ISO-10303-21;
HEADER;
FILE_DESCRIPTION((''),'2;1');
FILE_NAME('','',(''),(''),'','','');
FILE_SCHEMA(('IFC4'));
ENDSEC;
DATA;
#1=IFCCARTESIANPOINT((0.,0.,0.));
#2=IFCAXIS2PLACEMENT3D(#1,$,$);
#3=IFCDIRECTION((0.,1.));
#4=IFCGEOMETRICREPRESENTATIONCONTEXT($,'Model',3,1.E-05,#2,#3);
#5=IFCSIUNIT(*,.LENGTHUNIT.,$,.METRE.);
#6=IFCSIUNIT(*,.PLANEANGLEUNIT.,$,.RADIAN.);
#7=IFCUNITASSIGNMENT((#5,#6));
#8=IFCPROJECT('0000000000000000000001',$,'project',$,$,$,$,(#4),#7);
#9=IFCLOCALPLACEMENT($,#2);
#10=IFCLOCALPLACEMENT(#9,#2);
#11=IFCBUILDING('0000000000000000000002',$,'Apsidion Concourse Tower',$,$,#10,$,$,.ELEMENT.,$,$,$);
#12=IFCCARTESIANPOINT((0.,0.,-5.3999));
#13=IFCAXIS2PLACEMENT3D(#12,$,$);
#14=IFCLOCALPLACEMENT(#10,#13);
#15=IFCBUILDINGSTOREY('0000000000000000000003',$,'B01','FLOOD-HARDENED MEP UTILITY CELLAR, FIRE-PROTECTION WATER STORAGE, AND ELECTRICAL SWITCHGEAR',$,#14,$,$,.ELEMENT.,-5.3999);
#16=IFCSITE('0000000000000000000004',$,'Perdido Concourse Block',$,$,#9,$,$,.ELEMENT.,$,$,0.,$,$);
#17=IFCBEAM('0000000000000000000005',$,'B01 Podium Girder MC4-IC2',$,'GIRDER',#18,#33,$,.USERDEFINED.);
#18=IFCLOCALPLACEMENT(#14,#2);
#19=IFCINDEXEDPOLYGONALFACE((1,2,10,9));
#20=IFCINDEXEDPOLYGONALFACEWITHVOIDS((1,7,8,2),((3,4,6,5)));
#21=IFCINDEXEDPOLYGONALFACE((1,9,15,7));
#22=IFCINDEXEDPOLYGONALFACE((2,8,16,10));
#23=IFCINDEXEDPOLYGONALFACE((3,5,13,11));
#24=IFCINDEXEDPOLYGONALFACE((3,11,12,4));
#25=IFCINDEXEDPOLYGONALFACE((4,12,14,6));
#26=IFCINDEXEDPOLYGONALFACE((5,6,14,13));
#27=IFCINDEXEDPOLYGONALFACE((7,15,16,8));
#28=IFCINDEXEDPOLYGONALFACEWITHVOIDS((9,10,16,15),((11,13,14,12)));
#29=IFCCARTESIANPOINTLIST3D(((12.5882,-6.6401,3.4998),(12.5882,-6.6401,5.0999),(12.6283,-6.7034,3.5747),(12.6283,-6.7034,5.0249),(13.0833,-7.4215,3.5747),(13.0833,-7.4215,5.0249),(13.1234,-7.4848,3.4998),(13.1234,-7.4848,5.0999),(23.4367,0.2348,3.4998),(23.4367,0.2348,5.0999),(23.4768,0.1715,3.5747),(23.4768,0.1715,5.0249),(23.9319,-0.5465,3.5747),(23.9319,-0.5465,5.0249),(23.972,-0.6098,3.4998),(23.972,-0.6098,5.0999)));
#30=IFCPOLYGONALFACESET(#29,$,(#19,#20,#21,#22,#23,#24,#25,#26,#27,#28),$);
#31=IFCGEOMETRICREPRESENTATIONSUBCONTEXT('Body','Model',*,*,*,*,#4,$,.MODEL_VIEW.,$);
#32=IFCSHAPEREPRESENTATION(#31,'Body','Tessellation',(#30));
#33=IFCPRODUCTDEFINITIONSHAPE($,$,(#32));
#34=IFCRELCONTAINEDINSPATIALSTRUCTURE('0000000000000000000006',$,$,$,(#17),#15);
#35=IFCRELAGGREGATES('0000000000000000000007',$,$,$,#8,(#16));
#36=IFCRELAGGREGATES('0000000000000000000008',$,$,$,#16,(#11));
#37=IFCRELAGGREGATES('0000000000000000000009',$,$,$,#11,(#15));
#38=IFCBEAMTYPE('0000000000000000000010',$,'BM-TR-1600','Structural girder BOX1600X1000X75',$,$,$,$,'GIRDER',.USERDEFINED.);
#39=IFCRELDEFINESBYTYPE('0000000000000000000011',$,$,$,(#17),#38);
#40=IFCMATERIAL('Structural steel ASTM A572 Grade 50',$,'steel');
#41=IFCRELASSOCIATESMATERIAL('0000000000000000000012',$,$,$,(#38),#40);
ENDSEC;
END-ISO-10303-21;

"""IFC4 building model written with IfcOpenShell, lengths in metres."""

from ifc_helpers import new_model, si_unit, direction, frame, origin, origin_2d, place, context, subcontext, project, spatial, hollow_rectangle, extrude, material, material_profile, profile_set, type_object, element, save


model = new_model("IFC4")

# Units and contexts
model_context = context("Model", 3, precision=1e-05, world=origin(), true_north=direction((0.0, 1.0)))
body_context = subcontext(model_context, "Body", "Model", "MODEL_VIEW")
ifc_project = project(units=[si_unit("LENGTHUNIT", "METRE"), si_unit("PLANEANGLEUNIT", "RADIAN")], contexts=[model_context])

# Site, building, storey
site_placement = place(None, origin())
site = spatial("IfcSite", under=ifc_project, at=site_placement, Name="Perdido Concourse Block", CompositionType="ELEMENT", RefElevation=0.0)
building_placement = place(site_placement, origin())
building = spatial("IfcBuilding", under=site, at=building_placement, Name="Apsidion Concourse Tower", CompositionType="ELEMENT")
storey_placement = place(building_placement, frame((0.0, 0.0, -5.3999)))
storey = spatial("IfcBuildingStorey", under=building, at=storey_placement, Name="B01", Description="FLOOD-HARDENED MEP UTILITY CELLAR, FIRE-PROTECTION WATER STORAGE, AND ELECTRICAL SWITCHGEAR", CompositionType="ELEMENT", Elevation=-5.3999)

# Shared definitions
ifc_material_1 = material(Name="Structural steel ASTM A572 Grade 50", Category="steel")

# Beam
ifc_material_profile_1 = material_profile(ifc_material_1, hollow_rectangle(XDim=1.0, YDim=1.6001, WallThickness=0.075, at=origin_2d()), Name="BOX1600X1000X75")
ifc_profile_set_1 = profile_set([ifc_material_profile_1], Name="Structural steel ASTM A572 Grade 50")
beam_type_1 = type_object("IfcBeamType", Name="BM-TR-1600", Description="Structural girder BOX1600X1000X75", ElementType="GIRDER", PredefinedType="USERDEFINED", material=ifc_profile_set_1)
beam_1_placement = place(storey_placement, frame((23.7043, -0.1875, 4.2998), z_axis=(-0.844671, -0.535285, 0.0), x_axis=(0.535285, -0.844671, 0.0)))
element("IfcBeam", 1, at=beam_1_placement, inside=storey, type_object=beam_type_1, Name="B01 Podium Girder MC4-IC2", ObjectType="GIRDER", PredefinedType="USERDEFINED", context=body_context, shape_type="SweptSolid", body=[
    extrude(hollow_rectangle(XDim=1.0, YDim=1.6001, WallThickness=0.075, at=origin_2d()), origin(), (0.0, 0.0, 1.0), 12.8435),
])

save(model, "model.ifc")
